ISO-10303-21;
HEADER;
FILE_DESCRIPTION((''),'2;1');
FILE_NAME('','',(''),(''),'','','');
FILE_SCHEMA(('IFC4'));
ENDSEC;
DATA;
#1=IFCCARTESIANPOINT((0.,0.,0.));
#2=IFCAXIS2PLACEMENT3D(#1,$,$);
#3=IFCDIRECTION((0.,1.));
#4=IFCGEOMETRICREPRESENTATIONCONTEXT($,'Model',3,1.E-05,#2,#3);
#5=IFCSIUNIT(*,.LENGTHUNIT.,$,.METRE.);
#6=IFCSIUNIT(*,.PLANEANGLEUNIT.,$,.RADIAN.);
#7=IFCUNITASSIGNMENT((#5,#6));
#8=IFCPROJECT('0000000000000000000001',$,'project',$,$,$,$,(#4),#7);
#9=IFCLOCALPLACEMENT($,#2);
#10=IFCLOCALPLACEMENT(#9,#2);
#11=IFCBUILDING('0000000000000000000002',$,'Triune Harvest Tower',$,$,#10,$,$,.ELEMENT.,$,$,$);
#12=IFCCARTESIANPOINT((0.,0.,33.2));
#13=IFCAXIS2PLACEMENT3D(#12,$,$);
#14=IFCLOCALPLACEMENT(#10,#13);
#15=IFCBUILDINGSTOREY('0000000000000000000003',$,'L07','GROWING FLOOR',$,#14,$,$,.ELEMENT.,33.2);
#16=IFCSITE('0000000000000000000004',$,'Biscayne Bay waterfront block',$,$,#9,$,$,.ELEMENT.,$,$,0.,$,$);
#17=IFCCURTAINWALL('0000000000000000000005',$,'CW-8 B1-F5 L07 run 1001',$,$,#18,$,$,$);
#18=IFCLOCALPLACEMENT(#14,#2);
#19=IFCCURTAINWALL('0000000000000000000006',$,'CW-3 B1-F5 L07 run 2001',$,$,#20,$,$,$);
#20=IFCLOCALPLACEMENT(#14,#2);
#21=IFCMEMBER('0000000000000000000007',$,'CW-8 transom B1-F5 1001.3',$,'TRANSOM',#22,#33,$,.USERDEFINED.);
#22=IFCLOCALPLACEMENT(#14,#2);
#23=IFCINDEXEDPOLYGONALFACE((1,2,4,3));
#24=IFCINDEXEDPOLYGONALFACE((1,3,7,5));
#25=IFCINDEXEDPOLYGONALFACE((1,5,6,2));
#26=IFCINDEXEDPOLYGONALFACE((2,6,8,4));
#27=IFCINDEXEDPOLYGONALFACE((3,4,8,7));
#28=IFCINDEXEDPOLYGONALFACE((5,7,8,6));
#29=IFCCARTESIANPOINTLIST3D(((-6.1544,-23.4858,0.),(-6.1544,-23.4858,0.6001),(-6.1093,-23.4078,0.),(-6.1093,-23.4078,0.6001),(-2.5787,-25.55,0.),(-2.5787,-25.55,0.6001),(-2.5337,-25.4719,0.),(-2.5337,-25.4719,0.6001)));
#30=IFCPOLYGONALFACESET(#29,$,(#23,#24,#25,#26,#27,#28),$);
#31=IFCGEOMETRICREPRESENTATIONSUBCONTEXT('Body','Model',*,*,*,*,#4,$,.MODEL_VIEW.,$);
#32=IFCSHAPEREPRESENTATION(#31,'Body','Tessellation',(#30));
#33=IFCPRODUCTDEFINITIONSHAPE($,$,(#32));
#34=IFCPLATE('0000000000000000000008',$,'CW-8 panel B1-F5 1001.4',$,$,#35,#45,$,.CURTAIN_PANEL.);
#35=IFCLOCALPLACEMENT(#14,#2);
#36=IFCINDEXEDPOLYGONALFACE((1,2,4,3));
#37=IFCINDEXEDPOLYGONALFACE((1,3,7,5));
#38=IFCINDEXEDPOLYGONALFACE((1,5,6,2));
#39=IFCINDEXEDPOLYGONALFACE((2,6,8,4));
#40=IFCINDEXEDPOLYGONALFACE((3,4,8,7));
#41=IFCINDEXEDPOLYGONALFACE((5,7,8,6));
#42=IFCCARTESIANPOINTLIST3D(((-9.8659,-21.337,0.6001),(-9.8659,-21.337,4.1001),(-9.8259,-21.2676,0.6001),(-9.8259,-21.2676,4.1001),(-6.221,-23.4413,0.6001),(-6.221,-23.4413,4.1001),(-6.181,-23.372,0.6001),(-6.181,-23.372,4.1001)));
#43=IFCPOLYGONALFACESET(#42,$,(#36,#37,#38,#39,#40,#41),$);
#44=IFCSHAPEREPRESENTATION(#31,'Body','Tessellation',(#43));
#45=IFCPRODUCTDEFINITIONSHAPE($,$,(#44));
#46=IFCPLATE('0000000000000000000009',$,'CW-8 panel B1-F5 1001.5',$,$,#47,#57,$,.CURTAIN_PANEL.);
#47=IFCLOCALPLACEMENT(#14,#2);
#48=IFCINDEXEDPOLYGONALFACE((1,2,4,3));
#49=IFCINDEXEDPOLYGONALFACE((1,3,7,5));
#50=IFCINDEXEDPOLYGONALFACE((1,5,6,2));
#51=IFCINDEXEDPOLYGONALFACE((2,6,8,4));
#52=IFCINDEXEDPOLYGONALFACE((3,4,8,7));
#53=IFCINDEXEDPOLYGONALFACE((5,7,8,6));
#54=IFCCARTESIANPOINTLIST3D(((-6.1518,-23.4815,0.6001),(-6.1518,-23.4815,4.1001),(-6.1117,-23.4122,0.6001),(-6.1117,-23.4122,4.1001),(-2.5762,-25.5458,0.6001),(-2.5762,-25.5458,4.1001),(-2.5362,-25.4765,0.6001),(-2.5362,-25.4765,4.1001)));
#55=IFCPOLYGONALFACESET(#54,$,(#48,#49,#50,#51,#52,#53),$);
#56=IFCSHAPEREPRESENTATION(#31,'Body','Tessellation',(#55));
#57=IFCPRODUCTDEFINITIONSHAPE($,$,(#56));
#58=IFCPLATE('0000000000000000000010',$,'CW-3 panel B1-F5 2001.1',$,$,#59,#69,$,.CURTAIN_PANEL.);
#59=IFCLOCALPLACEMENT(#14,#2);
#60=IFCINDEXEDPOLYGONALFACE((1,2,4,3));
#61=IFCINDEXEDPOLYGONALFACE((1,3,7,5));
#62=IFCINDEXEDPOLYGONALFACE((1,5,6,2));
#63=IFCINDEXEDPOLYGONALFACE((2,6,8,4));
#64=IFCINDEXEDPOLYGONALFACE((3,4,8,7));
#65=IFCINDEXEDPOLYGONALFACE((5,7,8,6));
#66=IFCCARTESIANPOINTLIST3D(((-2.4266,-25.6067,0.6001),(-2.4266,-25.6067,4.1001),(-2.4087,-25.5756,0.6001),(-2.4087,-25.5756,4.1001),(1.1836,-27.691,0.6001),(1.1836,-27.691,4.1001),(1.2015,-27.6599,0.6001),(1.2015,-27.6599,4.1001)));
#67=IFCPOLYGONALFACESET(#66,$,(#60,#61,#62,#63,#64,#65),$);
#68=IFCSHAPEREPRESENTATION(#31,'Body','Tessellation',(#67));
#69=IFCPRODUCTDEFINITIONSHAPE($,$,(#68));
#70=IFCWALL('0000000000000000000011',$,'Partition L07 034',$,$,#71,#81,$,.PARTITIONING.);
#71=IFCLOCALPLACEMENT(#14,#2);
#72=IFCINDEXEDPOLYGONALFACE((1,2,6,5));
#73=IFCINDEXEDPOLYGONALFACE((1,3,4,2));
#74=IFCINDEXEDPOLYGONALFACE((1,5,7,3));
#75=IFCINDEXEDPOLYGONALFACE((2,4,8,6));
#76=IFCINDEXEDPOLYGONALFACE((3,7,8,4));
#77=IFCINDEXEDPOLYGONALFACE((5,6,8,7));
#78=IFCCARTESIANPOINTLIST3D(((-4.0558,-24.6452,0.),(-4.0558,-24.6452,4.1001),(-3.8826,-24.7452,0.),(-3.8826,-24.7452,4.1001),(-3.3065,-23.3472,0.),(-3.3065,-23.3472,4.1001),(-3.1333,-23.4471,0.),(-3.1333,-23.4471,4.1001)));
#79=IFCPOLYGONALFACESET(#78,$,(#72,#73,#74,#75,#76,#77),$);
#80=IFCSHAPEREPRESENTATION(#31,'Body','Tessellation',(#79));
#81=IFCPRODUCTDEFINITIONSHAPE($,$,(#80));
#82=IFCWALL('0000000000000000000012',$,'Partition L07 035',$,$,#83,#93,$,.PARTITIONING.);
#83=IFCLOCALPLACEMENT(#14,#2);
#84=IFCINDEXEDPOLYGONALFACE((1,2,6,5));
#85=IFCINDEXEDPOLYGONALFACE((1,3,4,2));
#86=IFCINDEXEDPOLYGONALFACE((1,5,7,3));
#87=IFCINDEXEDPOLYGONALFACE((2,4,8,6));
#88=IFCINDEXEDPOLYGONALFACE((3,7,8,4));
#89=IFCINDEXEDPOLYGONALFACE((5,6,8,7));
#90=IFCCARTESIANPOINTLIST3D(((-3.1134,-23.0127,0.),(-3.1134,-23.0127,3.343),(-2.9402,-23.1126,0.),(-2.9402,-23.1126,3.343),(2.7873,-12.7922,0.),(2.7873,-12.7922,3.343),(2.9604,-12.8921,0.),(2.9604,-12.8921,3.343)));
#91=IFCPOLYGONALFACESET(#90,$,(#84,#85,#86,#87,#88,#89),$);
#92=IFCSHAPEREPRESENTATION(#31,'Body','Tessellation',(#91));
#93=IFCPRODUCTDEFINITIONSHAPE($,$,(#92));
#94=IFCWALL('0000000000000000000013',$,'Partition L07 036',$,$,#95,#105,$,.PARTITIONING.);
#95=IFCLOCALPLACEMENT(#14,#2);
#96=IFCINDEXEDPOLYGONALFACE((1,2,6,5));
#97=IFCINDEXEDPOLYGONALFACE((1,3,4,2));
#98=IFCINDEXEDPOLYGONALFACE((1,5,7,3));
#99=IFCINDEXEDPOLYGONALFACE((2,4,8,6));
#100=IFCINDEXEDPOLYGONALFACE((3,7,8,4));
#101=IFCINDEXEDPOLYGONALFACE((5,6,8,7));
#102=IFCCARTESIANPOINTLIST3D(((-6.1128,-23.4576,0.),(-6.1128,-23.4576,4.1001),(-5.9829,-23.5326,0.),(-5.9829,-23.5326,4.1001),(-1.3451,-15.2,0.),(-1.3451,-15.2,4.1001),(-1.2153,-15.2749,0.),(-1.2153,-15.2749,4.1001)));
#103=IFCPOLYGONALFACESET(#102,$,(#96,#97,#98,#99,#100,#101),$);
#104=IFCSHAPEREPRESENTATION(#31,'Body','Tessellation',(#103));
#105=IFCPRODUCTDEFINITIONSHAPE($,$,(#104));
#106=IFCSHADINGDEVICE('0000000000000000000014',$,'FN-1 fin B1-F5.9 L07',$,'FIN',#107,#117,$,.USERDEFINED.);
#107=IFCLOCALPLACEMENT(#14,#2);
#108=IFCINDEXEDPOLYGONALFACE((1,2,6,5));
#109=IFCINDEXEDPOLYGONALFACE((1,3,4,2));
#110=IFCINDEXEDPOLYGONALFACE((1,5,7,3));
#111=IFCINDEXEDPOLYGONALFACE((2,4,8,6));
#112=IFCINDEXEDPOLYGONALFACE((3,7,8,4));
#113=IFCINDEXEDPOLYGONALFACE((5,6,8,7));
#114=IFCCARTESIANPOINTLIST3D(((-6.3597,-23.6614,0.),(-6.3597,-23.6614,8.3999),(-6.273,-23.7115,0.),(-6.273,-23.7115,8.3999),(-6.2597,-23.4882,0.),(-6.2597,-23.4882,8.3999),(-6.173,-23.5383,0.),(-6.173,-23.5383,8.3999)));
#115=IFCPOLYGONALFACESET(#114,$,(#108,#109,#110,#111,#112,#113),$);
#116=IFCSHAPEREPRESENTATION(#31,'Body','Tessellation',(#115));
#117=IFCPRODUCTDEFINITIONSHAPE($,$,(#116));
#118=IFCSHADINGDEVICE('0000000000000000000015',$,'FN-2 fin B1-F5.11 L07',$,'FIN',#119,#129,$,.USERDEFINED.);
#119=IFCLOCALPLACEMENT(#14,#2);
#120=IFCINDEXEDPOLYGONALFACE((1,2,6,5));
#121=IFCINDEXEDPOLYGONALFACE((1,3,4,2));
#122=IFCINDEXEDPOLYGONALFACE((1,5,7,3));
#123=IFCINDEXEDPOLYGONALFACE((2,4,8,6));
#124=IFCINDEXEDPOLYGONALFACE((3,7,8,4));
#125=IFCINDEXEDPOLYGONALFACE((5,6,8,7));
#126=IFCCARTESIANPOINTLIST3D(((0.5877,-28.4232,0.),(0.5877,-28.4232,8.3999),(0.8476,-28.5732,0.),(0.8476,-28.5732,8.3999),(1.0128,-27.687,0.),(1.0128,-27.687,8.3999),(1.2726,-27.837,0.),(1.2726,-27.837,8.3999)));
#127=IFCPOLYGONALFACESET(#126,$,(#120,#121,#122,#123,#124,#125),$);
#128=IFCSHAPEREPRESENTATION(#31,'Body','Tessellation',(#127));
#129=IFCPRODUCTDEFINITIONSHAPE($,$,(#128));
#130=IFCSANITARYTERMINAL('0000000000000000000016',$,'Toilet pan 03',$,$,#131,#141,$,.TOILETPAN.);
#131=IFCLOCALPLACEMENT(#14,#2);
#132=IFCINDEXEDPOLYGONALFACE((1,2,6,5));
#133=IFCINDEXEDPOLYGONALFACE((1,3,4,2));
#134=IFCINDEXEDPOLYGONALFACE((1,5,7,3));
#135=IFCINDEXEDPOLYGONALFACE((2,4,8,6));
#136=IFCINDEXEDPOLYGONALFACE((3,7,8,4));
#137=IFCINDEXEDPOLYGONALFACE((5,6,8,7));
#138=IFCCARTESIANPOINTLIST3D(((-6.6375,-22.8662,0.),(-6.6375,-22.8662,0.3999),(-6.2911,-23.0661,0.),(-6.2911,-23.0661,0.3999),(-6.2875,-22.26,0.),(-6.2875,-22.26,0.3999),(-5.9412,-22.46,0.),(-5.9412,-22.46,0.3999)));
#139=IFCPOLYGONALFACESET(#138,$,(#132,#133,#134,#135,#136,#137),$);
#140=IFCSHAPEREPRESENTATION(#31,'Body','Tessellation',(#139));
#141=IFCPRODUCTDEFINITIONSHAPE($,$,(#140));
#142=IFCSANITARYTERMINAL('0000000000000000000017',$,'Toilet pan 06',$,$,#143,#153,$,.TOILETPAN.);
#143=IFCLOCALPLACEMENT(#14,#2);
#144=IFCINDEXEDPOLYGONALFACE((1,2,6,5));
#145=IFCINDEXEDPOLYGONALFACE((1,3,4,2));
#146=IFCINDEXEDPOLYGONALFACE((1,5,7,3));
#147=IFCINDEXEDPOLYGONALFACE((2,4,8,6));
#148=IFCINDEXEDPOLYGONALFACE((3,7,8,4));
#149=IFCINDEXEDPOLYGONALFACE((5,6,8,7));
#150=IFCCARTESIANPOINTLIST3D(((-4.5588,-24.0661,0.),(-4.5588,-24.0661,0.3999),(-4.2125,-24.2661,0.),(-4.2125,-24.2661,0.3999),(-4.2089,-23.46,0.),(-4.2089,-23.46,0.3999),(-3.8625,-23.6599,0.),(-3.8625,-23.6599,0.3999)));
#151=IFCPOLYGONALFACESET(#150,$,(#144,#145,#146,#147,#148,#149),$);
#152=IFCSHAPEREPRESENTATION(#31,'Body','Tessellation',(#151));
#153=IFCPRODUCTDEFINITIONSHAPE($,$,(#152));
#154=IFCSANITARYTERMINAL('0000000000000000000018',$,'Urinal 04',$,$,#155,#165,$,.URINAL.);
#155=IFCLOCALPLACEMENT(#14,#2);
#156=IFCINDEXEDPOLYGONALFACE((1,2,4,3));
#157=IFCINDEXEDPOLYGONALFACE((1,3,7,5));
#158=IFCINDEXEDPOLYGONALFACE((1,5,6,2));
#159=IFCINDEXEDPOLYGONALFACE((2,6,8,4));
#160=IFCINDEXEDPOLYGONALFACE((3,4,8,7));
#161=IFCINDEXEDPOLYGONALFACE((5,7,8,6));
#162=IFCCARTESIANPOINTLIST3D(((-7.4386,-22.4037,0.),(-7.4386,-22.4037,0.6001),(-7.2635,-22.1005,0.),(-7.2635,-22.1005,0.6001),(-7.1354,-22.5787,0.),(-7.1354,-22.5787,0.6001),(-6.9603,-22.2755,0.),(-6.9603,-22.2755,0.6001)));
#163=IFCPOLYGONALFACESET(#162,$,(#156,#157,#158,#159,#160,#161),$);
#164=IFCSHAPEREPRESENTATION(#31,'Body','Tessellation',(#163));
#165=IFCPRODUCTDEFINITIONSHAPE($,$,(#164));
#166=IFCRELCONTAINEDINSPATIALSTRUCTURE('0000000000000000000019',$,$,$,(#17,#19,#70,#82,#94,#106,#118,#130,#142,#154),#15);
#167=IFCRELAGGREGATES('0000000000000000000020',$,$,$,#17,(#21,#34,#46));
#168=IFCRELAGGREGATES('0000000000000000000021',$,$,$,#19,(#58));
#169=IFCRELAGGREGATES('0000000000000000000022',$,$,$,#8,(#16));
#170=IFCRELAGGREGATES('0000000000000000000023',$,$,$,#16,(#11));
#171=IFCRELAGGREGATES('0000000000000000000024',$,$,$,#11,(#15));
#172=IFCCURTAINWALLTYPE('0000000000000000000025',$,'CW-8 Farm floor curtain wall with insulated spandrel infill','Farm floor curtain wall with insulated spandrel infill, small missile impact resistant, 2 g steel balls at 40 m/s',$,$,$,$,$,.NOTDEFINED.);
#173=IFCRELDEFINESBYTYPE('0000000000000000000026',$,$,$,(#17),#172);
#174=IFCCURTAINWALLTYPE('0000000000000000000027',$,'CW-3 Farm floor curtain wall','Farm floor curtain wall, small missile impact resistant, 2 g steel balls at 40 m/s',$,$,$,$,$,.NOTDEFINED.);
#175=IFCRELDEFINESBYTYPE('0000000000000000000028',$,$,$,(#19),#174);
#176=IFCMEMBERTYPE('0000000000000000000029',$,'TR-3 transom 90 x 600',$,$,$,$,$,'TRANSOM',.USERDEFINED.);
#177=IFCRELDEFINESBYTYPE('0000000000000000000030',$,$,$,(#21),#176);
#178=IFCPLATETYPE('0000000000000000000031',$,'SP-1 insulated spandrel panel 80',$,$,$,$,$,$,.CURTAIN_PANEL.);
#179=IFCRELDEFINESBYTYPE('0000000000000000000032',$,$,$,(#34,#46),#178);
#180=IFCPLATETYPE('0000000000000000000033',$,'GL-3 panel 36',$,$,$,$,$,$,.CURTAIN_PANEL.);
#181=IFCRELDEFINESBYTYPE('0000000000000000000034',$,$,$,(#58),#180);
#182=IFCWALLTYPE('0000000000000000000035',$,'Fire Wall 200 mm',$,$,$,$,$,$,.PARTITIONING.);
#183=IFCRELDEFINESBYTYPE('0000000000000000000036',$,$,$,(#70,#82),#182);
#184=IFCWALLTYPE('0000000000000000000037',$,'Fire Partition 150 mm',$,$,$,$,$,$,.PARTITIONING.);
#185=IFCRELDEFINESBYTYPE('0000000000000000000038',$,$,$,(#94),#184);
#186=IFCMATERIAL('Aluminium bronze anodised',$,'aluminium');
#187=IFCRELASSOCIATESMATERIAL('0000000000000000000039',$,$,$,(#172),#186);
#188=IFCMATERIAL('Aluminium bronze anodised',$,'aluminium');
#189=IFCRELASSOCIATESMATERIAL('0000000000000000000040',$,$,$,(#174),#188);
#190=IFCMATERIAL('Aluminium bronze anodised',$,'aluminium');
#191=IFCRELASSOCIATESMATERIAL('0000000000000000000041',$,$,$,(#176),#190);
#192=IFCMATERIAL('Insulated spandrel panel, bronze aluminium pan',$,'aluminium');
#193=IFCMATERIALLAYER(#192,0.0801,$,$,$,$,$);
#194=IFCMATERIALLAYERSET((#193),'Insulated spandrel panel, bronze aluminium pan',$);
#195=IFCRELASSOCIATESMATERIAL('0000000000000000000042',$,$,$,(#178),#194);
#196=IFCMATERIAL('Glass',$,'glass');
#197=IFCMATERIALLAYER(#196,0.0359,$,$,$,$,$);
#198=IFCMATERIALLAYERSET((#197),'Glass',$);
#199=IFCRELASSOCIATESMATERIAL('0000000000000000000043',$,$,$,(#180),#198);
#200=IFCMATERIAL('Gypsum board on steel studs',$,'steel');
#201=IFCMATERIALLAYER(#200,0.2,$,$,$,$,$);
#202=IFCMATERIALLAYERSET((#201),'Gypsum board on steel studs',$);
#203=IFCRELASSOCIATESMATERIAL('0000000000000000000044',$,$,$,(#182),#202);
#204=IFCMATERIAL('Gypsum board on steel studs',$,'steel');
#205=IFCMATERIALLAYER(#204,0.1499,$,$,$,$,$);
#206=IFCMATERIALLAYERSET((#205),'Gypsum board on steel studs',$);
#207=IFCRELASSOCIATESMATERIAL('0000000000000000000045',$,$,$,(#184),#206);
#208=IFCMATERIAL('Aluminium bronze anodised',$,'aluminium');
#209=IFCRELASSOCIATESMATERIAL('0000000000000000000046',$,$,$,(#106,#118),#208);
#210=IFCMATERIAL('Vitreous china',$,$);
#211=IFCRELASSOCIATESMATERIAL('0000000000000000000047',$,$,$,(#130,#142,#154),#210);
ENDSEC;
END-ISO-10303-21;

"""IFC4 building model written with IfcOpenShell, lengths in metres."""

from ifc_helpers import new_model, si_unit, direction, frame, frame_2d, origin, origin_2d, place, context, subcontext, project, spatial, rectangle, extrude, source, transform, mapped, material, layer, layer_set, material_profile, profile_set, type_object, element, aggregate, save


model = new_model("IFC4")

# Units and contexts
model_context = context("Model", 3, precision=1e-05, world=origin(), true_north=direction((0.0, 1.0)))
body_context = subcontext(model_context, "Body", "Model", "MODEL_VIEW")
ifc_project = project(units=[si_unit("LENGTHUNIT", "METRE"), si_unit("PLANEANGLEUNIT", "RADIAN")], contexts=[model_context])

# Site, building, storey
site_placement = place(None, origin())
site = spatial("IfcSite", under=ifc_project, at=site_placement, Name="Biscayne Bay waterfront block", CompositionType="ELEMENT", RefElevation=0.0)
building_placement = place(site_placement, origin())
building = spatial("IfcBuilding", under=site, at=building_placement, Name="Triune Harvest Tower", CompositionType="ELEMENT")
storey_placement = place(building_placement, frame((0.0, 0.0, 33.2)))
storey = spatial("IfcBuildingStorey", under=building, at=storey_placement, Name="L07", Description="GROWING FLOOR", CompositionType="ELEMENT", Elevation=33.2)

# Curtain walls
ifc_material_1 = material(Name="Aluminium bronze anodised", Category="aluminium")
curtain_wall_type_1 = type_object("IfcCurtainWallType", Name="CW-8 Farm floor curtain wall with insulated spandrel infill", Description="Farm floor curtain wall with insulated spandrel infill, small missile impact resistant, 2 g steel balls at 40 m/s", PredefinedType="NOTDEFINED", material=ifc_material_1)
curtain_wall_1_placement = place(storey_placement, origin())
curtain_wall_1 = element("IfcCurtainWall", 1, at=curtain_wall_1_placement, inside=storey, type_object=curtain_wall_type_1, Name="CW-8 B1-F5 L07 run 1001")
ifc_material_2 = material(Name="Aluminium bronze anodised", Category="aluminium")
curtain_wall_type_2 = type_object("IfcCurtainWallType", Name="CW-3 Farm floor curtain wall", Description="Farm floor curtain wall, small missile impact resistant, 2 g steel balls at 40 m/s", PredefinedType="NOTDEFINED", material=ifc_material_2)
curtain_wall_2_placement = place(storey_placement, origin())
curtain_wall_2 = element("IfcCurtainWall", 2, at=curtain_wall_2_placement, inside=storey, type_object=curtain_wall_type_2, Name="CW-3 B1-F5 L07 run 2001")
ifc_material_3 = material(Name="Aluminium bronze anodised", Category="aluminium")
ifc_material_profile_1 = material_profile(ifc_material_3, rectangle(XDim=0.0901, YDim=0.6001, at=origin_2d()), Name="TR-3 transom 90 x 600")
ifc_profile_set_1 = profile_set([ifc_material_profile_1], Name="Aluminium bronze anodised")
member_type_1 = type_object("IfcMemberType", Name="TR-3 transom 90 x 600", ElementType="TRANSOM", PredefinedType="USERDEFINED", material=ifc_profile_set_1)

# Member
shared_shape_1 = source(origin(), body_context, "Body", "SweptSolid", [
    extrude(rectangle(XDim=0.0901, YDim=0.6001, at=origin_2d()), origin(), (0.0, 0.0, 1.0), 4.1287),
])
member_1_placement = place(storey_placement, frame((-6.1318, -23.4468, 0.3), z_axis=(0.866048, -0.499961, 0.0), x_axis=(0.499961, 0.866048, 0.0)))
member_1 = element("IfcMember", 3, at=member_1_placement, type_object=member_type_1, Name="CW-8 transom B1-F5 1001.3", ObjectType="TRANSOM", PredefinedType="USERDEFINED", context=body_context, shape_type="MappedRepresentation", body=[
    mapped(shared_shape_1, transform((0.0, 0.0, 0.0), scale=1.0)),
])

# Plates
ifc_material_4 = material(Name="Insulated spandrel panel, bronze aluminium pan", Category="aluminium")
ifc_layer_1 = layer(ifc_material_4, 0.0801)
ifc_layer_set_1 = layer_set([ifc_layer_1], Name="Insulated spandrel panel, bronze aluminium pan")
plate_type_1 = type_object("IfcPlateType", Name="SP-1 insulated spandrel panel 80", PredefinedType="CURTAIN_PANEL", material=ifc_layer_set_1)
shared_shape_2 = source(origin(), body_context, "Body", "SweptSolid", [
    extrude(rectangle(XDim=4.2087, YDim=0.0801, at=origin_2d()), origin(), (0.0, 0.0, 1.0), 3.5),
])
plate_1_placement = place(storey_placement, frame((-8.0234, -22.3545, 0.6001), z_axis=(0.0, 0.0, 1.0), x_axis=(0.866027, -0.499998, 0.0)))
plate_1 = element("IfcPlate", 4, at=plate_1_placement, type_object=plate_type_1, Name="CW-8 panel B1-F5 1001.4", PredefinedType="CURTAIN_PANEL", context=body_context, shape_type="MappedRepresentation", body=[
    mapped(shared_shape_2, transform((0.0, 0.0, 0.0), scale=1.0)),
])
shared_shape_3 = source(origin(), body_context, "Body", "SweptSolid", [
    extrude(rectangle(XDim=4.1287, YDim=0.0801, at=origin_2d()), origin(), (0.0, 0.0, 1.0), 3.5),
])
plate_2_placement = place(storey_placement, frame((-4.344, -24.479, 0.6001), z_axis=(0.0, 0.0, 1.0), x_axis=(0.866027, -0.499998, 0.0)))
plate_2 = element("IfcPlate", 5, at=plate_2_placement, type_object=plate_type_1, Name="CW-8 panel B1-F5 1001.5", PredefinedType="CURTAIN_PANEL", context=body_context, shape_type="MappedRepresentation", body=[
    mapped(shared_shape_3, transform((0.0, 0.0, 0.0), scale=1.0)),
])
aggregate(curtain_wall_1, [member_1, plate_1, plate_2])
ifc_material_5 = material(Name="Glass", Category="glass")
ifc_layer_2 = layer(ifc_material_5, 0.0359)
ifc_layer_set_2 = layer_set([ifc_layer_2], Name="Glass")
plate_type_2 = type_object("IfcPlateType", Name="GL-3 panel 36", PredefinedType="CURTAIN_PANEL", material=ifc_layer_set_2)
shared_shape_4 = source(origin(), body_context, "Body", "SweptSolid", [
    extrude(rectangle(XDim=4.1687, YDim=0.0359, at=origin_2d()), origin(), (0.0, 0.0, 1.0), 3.5),
])
plate_3_placement = place(storey_placement, frame((-0.6125, -26.6333, 0.6001), z_axis=(0.0, 0.0, 1.0), x_axis=(0.866025, -0.500001, 0.0)))
plate_3 = element("IfcPlate", 6, at=plate_3_placement, type_object=plate_type_2, Name="CW-3 panel B1-F5 2001.1", PredefinedType="CURTAIN_PANEL", context=body_context, shape_type="MappedRepresentation", body=[
    mapped(shared_shape_4, transform((0.0, 0.0, 0.0), scale=1.0)),
])
aggregate(curtain_wall_2, [plate_3])

# Walls
ifc_material_6 = material(Name="Gypsum board on steel studs", Category="steel")
ifc_layer_3 = layer(ifc_material_6, 0.2)
ifc_layer_set_3 = layer_set([ifc_layer_3], Name="Gypsum board on steel studs")
wall_type_1 = type_object("IfcWallType", Name="Fire Wall 200 mm", PredefinedType="PARTITIONING", material=ifc_layer_set_3)
shared_shape_5 = source(origin(), body_context, "Body", "SweptSolid", [
    extrude(rectangle(XDim=1.4988, YDim=0.2, at=frame_2d((0.7495, 0.0))), origin(), (0.0, 0.0, 1.0), 4.1001),
])
wall_1_placement = place(storey_placement, frame((-3.9692, -24.6953, 0.0), z_axis=(0.0, 0.0, 1.0), x_axis=(0.499906, 0.86608, 0.0)))
element("IfcWall", 7, at=wall_1_placement, inside=storey, type_object=wall_type_1, Name="Partition L07 034", PredefinedType="PARTITIONING", context=body_context, shape_type="MappedRepresentation", body=[
    mapped(shared_shape_5, transform((0.0, 0.0, 0.0), scale=1.0)),
])
shared_shape_6 = source(origin(), body_context, "Body", "SweptSolid", [
    extrude(rectangle(XDim=11.8015, YDim=0.2, at=frame_2d((5.9009, 0.0))), origin(), (0.0, 0.0, 1.0), 3.343),
])
wall_2_placement = place(storey_placement, frame((-3.0269, -23.0627, 0.0), z_axis=(0.0, 0.0, 1.0), x_axis=(0.49999, 0.866031, 0.0)))
element("IfcWall", 8, at=wall_2_placement, inside=storey, type_object=wall_type_1, Name="Partition L07 035", PredefinedType="PARTITIONING", context=body_context, shape_type="MappedRepresentation", body=[
    mapped(shared_shape_6, transform((0.0, 0.0, 0.0), scale=1.0)),
])
ifc_material_7 = material(Name="Gypsum board on steel studs", Category="steel")
ifc_layer_4 = layer(ifc_material_7, 0.1499)
ifc_layer_set_4 = layer_set([ifc_layer_4], Name="Gypsum board on steel studs")
wall_type_2 = type_object("IfcWallType", Name="Fire Partition 150 mm", PredefinedType="PARTITIONING", material=ifc_layer_set_4)
shared_shape_7 = source(origin(), body_context, "Body", "SweptSolid", [
    extrude(rectangle(XDim=9.5352, YDim=0.1499, at=frame_2d((4.7676, 0.0))), origin(), (0.0, 0.0, 1.0), 4.1001),
])
wall_3_placement = place(storey_placement, frame((-6.0479, -23.4951, 0.0), z_axis=(0.0, 0.0, 1.0), x_axis=(0.500005, 0.866022, 0.0)))
element("IfcWall", 9, at=wall_3_placement, inside=storey, type_object=wall_type_2, Name="Partition L07 036", PredefinedType="PARTITIONING", context=body_context, shape_type="MappedRepresentation", body=[
    mapped(shared_shape_7, transform((0.0, 0.0, 0.0), scale=1.0)),
])

# Shading devices
ifc_material_8 = material(Name="Aluminium bronze anodised", Category="aluminium")
shared_shape_8 = source(origin(), body_context, "Body", "SweptSolid", [
    extrude(rectangle(XDim=0.1001, YDim=0.2, at=origin_2d()), origin(), (0.0, 0.0, 1.0), 8.3999),
])
shading_device_1_placement = place(storey_placement, frame((-6.2664, -23.5999, 0.0), z_axis=(0.0, 0.0, 1.0), x_axis=(0.866025, -0.5, 0.0)))
element("IfcShadingDevice", 10, at=shading_device_1_placement, inside=storey, material=ifc_material_8, Name="FN-1 fin B1-F5.9 L07", ObjectType="FIN", PredefinedType="USERDEFINED", context=body_context, shape_type="MappedRepresentation", body=[
    mapped(shared_shape_8, transform((0.0, 0.0, 0.0), scale=1.0)),
])
shared_shape_9 = source(origin(), body_context, "Body", "SweptSolid", [
    extrude(rectangle(XDim=0.3, YDim=0.8501, at=origin_2d()), origin(), (0.0, 0.0, 1.0), 8.3999),
])
shading_device_2_placement = place(storey_placement, frame((0.9302, -28.1301, 0.0), z_axis=(0.0, 0.0, 1.0), x_axis=(0.866025, -0.5, 0.0)))
element("IfcShadingDevice", 11, at=shading_device_2_placement, inside=storey, material=ifc_material_8, Name="FN-2 fin B1-F5.11 L07", ObjectType="FIN", PredefinedType="USERDEFINED", context=body_context, shape_type="MappedRepresentation", body=[
    mapped(shared_shape_9, transform((0.0, 0.0, 0.0), scale=1.0)),
])

# Sanitary terminals
ifc_material_9 = material(Name="Vitreous china")
shared_shape_10 = source(origin(), body_context, "Body", "SweptSolid", [
    extrude(rectangle(XDim=0.3999, YDim=0.7, at=origin_2d()), origin(), (0.0, 0.0, 1.0), 0.3999),
])
for number, where, z_axis, x_axis, name in (
    (12, (-6.2893, -22.6631, 0.0), (0.0, 0.0, 1.0), (-0.866034, 0.499985, 0.0), "Toilet pan 03"),
    (13, (-4.2107, -23.863, 0.0), (0.0, 0.0, 1.0), (-0.866017, 0.500015, 0.0), "Toilet pan 06"),
):
    element("IfcSanitaryTerminal", number, at=place(storey_placement, frame(where, z_axis=z_axis, x_axis=x_axis)), inside=storey, material=ifc_material_9, Name=name, PredefinedType="TOILETPAN", context=body_context, shape_type="MappedRepresentation", body=[
        mapped(shared_shape_10, transform((0.0, 0.0, 0.0), scale=1.0)),
    ])
shared_shape_11 = source(origin(), body_context, "Body", "SweptSolid", [
    extrude(rectangle(XDim=0.3501, YDim=0.3501, at=origin_2d()), origin(), (0.0, 0.0, 1.0), 0.6001),
])
sanitary_terminal_placement = place(storey_placement, frame((-7.1995, -22.3396, 0.0), z_axis=(0.0, 0.0, 1.0), x_axis=(-0.866034, 0.499985, 0.0)))
element("IfcSanitaryTerminal", 14, at=sanitary_terminal_placement, inside=storey, material=ifc_material_9, Name="Urinal 04", PredefinedType="URINAL", context=body_context, shape_type="MappedRepresentation", body=[
    mapped(shared_shape_11, transform((0.0, 0.0, 0.0), scale=1.0)),
])

save(model, "model.ifc")
